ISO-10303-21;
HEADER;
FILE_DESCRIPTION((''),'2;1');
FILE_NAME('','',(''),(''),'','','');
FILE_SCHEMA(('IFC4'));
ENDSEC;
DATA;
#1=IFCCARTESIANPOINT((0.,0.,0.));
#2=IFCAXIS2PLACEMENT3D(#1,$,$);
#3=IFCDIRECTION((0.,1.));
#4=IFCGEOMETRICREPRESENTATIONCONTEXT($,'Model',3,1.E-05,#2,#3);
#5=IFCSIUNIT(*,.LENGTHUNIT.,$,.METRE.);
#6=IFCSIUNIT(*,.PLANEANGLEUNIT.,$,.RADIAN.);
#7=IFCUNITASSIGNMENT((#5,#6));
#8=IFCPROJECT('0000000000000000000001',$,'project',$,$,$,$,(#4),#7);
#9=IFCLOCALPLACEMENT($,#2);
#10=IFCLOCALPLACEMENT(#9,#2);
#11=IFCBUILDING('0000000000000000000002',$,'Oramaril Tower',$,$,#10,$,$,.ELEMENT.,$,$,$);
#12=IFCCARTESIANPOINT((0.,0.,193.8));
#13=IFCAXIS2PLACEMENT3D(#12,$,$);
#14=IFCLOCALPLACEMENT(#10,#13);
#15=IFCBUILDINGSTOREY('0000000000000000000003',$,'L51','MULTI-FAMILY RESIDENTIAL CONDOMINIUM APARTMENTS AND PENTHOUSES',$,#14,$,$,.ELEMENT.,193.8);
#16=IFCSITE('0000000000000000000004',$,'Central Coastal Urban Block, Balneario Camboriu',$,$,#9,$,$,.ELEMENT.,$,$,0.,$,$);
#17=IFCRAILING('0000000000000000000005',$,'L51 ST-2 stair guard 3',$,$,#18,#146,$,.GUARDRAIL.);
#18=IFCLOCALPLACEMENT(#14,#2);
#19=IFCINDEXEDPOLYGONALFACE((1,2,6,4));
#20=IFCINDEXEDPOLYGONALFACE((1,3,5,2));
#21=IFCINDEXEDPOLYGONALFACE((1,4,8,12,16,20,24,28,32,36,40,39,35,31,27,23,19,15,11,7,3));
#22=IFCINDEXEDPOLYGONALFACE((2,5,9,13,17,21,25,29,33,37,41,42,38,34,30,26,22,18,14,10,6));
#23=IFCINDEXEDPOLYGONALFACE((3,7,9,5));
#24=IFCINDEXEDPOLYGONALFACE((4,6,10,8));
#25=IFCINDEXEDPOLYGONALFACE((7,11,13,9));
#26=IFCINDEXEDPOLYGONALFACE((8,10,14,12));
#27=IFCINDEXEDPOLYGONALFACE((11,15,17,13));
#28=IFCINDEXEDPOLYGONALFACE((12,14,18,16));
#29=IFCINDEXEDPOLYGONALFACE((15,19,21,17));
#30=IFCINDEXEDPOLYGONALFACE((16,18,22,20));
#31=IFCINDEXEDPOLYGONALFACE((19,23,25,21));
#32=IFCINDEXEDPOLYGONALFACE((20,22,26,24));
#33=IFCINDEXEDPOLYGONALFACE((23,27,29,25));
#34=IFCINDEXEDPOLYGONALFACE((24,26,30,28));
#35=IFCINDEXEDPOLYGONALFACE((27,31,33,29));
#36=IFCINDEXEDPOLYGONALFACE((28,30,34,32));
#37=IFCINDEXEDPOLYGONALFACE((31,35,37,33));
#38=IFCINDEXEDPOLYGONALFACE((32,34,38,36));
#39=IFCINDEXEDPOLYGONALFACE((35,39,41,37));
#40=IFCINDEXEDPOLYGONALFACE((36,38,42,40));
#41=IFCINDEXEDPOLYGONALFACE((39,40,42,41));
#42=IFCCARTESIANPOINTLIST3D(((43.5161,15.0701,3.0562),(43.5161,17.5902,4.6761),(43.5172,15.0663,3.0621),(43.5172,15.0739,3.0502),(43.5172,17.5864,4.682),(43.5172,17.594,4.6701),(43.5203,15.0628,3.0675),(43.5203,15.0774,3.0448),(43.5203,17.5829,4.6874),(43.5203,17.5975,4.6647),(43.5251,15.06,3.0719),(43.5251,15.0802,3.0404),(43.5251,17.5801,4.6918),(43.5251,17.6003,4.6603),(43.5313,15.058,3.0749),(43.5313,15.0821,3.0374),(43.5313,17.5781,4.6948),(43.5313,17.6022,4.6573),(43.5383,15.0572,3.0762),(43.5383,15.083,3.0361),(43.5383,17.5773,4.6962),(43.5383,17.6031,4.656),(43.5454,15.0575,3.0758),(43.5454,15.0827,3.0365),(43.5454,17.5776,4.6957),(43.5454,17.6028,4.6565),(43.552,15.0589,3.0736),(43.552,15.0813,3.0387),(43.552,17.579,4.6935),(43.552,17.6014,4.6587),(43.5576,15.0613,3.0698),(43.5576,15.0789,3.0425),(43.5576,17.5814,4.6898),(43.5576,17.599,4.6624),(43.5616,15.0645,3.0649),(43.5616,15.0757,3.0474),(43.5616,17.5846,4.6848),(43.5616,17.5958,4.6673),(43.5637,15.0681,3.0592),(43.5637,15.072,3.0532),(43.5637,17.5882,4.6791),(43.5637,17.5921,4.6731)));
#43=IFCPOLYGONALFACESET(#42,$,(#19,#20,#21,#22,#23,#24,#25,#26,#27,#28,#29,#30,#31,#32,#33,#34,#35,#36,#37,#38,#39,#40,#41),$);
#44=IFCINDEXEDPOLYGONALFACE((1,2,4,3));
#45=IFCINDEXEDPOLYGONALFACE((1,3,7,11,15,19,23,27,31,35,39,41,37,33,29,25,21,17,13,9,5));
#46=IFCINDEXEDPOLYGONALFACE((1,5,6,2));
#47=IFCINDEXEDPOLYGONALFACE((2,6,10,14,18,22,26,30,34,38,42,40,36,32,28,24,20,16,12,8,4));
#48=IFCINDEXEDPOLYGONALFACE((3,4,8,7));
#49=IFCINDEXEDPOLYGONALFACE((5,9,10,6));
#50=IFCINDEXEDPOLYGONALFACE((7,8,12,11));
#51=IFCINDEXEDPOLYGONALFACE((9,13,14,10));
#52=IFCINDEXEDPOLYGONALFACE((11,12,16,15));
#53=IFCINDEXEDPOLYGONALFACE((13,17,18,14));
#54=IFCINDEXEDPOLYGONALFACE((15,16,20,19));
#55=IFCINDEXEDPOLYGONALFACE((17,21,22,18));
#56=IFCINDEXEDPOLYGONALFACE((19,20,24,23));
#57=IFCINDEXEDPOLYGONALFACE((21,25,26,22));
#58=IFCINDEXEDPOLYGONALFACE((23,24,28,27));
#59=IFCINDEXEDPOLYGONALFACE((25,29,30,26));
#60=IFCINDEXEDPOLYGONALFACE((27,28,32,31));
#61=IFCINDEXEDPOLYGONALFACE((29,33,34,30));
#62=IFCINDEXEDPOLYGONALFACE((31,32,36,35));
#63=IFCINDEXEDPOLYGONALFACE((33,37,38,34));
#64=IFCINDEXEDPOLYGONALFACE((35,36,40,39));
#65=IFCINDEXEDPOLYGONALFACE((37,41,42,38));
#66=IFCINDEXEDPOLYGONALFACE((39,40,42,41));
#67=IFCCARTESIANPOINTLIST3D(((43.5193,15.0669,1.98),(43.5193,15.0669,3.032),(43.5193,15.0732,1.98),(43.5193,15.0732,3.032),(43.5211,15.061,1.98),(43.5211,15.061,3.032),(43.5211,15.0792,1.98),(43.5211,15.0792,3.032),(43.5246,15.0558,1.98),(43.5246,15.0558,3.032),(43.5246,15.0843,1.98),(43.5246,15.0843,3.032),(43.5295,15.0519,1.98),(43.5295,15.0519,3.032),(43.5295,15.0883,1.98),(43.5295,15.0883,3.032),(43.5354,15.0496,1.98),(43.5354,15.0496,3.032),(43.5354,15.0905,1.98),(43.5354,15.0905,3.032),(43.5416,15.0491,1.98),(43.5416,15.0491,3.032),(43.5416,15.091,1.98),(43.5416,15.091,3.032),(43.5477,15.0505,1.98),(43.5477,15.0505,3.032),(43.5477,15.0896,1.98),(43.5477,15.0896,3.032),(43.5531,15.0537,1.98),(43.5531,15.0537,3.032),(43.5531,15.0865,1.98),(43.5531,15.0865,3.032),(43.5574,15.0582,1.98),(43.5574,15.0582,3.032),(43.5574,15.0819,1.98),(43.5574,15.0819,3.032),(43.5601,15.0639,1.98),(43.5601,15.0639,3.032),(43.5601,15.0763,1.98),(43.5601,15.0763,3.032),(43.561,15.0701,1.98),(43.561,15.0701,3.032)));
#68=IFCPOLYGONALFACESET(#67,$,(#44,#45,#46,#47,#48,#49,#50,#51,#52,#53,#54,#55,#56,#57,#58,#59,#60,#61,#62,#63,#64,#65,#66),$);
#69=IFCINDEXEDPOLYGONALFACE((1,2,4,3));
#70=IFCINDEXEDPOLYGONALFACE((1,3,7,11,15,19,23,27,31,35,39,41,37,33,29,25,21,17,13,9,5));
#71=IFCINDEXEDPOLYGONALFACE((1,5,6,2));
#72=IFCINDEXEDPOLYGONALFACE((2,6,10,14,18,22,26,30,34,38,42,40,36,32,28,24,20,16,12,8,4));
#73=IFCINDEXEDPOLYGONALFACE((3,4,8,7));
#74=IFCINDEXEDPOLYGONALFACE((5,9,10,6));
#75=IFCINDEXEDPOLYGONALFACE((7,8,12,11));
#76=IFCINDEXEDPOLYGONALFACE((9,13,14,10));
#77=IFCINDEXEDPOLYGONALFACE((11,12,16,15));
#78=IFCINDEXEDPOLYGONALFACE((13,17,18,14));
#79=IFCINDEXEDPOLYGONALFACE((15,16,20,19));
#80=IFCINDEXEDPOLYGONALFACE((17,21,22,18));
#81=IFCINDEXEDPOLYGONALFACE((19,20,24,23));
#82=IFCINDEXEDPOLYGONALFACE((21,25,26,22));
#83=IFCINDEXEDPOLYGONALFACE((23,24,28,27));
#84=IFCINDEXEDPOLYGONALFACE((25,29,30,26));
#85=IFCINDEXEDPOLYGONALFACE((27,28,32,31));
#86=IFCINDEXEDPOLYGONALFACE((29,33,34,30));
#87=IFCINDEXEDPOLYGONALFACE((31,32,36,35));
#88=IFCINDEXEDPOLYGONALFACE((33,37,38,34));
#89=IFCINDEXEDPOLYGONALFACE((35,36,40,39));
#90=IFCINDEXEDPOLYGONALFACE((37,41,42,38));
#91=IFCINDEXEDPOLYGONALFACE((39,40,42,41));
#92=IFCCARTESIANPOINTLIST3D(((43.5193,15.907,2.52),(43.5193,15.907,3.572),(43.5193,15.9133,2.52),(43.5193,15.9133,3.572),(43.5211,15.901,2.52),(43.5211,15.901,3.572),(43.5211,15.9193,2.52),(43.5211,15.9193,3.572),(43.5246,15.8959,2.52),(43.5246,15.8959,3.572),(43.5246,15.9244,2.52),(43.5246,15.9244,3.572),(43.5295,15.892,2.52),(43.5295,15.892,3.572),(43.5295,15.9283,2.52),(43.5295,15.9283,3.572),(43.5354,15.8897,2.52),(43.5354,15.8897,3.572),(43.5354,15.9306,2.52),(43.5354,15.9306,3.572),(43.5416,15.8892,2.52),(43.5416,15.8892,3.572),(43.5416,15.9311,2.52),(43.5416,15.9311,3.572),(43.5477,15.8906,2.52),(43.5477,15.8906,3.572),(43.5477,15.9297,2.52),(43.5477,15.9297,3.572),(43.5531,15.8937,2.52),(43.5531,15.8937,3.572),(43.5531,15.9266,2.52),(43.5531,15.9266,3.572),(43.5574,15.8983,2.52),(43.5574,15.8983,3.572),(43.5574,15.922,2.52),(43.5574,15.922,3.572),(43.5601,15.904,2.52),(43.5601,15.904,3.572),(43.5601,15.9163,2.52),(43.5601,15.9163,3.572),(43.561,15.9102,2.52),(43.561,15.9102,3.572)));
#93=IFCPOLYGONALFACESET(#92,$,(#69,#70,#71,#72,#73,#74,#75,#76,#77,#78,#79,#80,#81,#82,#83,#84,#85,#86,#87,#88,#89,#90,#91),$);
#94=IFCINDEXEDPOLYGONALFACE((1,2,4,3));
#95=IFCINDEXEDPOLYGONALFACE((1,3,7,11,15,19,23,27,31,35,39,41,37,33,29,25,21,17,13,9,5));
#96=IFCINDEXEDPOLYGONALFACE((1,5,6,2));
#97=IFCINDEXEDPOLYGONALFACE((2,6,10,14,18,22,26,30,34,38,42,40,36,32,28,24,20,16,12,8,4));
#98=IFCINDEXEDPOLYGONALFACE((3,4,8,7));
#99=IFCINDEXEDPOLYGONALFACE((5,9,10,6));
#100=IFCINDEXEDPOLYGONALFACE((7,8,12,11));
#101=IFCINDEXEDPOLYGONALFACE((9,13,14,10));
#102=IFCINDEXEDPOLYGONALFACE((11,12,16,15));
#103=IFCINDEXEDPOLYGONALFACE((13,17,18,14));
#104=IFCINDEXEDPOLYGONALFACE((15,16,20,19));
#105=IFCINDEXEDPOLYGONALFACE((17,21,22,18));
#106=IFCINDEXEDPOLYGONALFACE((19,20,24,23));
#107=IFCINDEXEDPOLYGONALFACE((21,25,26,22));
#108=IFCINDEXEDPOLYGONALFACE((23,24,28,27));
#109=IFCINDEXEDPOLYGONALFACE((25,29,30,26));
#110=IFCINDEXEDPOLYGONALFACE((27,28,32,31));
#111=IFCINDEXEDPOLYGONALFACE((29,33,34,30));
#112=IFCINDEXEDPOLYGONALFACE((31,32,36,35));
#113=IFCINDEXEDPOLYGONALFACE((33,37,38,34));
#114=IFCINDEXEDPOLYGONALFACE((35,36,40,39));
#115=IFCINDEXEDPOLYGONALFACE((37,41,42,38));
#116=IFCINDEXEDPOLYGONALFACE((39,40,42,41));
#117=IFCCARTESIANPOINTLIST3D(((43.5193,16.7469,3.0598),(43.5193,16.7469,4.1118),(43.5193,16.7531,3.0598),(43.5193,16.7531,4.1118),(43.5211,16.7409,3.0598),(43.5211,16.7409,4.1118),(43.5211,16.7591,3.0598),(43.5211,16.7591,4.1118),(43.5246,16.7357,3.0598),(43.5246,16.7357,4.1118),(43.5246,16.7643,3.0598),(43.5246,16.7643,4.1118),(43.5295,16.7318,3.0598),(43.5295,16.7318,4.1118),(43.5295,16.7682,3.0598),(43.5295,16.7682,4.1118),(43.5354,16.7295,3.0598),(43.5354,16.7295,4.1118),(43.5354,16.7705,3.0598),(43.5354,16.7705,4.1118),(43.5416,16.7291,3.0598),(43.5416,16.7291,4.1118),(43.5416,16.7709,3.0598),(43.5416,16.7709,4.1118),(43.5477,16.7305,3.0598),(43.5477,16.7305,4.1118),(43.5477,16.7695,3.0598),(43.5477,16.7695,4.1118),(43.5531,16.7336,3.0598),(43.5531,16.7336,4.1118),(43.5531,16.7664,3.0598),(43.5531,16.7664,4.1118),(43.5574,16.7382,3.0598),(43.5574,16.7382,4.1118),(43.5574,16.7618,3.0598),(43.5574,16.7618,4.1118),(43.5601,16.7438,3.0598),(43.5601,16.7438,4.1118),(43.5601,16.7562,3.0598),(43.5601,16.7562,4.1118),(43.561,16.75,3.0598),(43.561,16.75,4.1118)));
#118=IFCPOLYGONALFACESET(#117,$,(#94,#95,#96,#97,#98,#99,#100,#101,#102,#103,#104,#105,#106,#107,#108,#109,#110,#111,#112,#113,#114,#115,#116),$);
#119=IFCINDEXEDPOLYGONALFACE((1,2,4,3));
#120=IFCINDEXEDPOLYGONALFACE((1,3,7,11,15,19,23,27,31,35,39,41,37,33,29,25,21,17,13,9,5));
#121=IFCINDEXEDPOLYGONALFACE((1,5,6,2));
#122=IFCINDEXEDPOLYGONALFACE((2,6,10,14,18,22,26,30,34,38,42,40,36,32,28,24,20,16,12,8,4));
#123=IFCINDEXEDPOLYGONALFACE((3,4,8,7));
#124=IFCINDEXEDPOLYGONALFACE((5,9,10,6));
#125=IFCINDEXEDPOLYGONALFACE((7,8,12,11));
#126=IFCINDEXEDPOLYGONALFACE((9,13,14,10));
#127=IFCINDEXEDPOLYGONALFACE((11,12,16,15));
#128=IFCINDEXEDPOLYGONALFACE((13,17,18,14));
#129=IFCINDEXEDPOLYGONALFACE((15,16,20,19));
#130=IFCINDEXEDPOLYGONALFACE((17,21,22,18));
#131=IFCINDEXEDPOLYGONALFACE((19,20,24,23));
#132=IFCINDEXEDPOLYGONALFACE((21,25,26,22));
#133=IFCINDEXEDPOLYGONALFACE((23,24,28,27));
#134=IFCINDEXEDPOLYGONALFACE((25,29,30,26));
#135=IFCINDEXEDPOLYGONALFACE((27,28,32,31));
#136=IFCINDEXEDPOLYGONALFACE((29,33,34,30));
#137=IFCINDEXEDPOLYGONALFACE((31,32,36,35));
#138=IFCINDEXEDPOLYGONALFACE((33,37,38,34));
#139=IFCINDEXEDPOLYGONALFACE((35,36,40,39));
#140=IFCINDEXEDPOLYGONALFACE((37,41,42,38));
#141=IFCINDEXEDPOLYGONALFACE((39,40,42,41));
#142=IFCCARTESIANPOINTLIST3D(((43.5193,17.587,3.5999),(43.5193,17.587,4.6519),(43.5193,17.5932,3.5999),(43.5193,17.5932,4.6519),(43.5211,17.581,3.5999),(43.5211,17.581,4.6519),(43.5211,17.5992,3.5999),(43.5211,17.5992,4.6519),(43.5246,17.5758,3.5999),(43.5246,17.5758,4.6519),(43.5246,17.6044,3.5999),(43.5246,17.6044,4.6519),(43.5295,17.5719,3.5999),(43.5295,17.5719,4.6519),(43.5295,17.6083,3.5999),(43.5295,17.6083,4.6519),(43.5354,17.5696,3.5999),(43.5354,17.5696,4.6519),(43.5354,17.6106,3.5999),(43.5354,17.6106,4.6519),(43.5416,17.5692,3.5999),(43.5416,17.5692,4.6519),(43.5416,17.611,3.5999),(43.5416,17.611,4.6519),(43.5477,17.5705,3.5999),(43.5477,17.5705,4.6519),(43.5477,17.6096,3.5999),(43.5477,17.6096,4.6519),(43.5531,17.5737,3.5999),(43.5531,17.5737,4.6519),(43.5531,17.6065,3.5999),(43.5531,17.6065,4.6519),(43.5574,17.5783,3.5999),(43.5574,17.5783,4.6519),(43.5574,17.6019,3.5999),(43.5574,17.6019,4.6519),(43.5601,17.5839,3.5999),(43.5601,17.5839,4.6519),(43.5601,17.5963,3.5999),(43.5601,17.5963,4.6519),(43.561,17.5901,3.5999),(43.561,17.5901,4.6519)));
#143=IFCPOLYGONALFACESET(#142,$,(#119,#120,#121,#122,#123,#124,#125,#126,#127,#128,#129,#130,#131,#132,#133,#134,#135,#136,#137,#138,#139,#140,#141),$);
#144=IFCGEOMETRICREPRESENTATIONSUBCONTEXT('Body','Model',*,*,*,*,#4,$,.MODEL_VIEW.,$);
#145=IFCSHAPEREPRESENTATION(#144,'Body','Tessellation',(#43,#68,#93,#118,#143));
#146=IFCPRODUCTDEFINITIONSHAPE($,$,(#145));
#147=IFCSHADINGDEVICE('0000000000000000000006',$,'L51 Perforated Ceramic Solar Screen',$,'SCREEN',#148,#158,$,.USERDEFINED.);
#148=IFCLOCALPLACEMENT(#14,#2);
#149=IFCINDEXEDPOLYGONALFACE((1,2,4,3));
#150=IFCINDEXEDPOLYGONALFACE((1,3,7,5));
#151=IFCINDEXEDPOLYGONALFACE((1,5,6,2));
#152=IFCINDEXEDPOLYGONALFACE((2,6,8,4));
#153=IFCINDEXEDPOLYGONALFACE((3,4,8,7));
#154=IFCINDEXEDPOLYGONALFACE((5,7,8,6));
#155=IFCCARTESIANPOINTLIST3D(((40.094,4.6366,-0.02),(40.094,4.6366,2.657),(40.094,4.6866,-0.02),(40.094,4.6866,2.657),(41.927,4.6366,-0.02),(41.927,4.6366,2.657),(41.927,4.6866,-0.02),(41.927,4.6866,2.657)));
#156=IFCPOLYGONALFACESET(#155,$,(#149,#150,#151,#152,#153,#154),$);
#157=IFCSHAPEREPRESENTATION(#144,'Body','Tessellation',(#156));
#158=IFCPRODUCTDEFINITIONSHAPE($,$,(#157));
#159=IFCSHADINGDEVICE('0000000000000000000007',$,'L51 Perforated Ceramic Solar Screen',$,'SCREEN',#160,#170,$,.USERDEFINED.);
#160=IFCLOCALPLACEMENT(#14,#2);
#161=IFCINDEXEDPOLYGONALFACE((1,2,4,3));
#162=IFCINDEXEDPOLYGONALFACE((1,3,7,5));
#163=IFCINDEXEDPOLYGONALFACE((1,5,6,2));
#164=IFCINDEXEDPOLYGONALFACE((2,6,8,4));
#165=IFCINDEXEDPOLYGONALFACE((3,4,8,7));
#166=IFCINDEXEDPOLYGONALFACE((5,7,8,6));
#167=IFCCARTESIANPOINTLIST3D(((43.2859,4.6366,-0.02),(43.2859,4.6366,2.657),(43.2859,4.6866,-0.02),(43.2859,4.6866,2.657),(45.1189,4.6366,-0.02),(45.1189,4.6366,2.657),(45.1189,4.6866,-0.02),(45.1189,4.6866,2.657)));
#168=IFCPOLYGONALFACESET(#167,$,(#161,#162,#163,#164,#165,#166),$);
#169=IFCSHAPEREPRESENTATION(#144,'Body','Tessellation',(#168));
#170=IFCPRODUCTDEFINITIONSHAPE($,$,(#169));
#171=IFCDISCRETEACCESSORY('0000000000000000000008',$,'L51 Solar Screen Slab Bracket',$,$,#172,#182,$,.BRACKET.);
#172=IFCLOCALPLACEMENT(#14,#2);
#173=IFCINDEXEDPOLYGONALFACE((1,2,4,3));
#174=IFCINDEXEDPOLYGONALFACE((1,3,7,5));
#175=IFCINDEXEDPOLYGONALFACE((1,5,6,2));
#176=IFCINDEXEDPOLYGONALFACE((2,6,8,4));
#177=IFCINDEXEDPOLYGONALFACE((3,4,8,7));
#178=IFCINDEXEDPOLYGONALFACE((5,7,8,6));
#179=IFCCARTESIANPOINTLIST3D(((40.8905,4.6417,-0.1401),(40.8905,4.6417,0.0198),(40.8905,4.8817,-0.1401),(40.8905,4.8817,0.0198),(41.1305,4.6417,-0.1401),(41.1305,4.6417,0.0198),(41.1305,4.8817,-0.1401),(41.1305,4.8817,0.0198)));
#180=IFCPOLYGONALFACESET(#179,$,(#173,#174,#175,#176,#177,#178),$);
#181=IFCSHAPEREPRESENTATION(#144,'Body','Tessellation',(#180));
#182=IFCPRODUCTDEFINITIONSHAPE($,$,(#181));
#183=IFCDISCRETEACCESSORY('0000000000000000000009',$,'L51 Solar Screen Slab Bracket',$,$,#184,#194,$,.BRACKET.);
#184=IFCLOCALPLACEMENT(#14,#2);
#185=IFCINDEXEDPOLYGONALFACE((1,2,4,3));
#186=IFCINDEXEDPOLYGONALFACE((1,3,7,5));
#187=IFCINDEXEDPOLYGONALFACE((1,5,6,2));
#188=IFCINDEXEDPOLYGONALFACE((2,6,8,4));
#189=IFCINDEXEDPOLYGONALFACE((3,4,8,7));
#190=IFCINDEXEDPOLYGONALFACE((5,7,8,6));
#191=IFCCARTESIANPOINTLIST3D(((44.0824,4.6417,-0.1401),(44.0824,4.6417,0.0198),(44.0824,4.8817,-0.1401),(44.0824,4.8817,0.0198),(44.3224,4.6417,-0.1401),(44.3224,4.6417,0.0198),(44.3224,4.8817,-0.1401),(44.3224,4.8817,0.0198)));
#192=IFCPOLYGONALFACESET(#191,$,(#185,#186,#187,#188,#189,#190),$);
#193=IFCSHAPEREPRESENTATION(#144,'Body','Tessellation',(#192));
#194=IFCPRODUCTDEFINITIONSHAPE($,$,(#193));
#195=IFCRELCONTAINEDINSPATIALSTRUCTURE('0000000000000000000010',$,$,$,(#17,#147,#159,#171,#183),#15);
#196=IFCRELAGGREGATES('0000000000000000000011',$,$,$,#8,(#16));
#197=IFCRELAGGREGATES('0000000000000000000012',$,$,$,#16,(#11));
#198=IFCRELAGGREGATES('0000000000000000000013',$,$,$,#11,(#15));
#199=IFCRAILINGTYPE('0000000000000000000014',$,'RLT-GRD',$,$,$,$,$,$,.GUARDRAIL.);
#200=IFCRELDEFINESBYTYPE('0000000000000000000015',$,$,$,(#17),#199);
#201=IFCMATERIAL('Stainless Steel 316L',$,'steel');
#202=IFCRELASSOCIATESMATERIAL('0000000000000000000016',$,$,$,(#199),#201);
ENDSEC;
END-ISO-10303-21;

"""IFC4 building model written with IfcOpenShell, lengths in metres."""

from ifc_helpers import new_model, si_unit, direction, frame, origin, origin_2d, place, context, subcontext, project, spatial, rectangle, circle, extrude, material, type_object, element, save


model = new_model("IFC4")

# Units and contexts
model_context = context("Model", 3, precision=1e-05, world=origin(), true_north=direction((0.0, 1.0)))
body_context = subcontext(model_context, "Body", "Model", "MODEL_VIEW")
ifc_project = project(units=[si_unit("LENGTHUNIT", "METRE"), si_unit("PLANEANGLEUNIT", "RADIAN")], contexts=[model_context])

# Site, building, storey
site_placement = place(None, origin())
site = spatial("IfcSite", under=ifc_project, at=site_placement, Name="Central Coastal Urban Block, Balneario Camboriu", CompositionType="ELEMENT", RefElevation=0.0)
building_placement = place(site_placement, origin())
building = spatial("IfcBuilding", under=site, at=building_placement, Name="Oramaril Tower", CompositionType="ELEMENT")
storey_placement = place(building_placement, frame((0.0, 0.0, 193.8)))
storey = spatial("IfcBuildingStorey", under=building, at=storey_placement, Name="L51", Description="MULTI-FAMILY RESIDENTIAL CONDOMINIUM APARTMENTS AND PENTHOUSES", CompositionType="ELEMENT", Elevation=193.8)

# Railing
ifc_material_1 = material(Name="Stainless Steel 316L", Category="steel")
railing_type = type_object("IfcRailingType", Name="RLT-GRD", PredefinedType="GUARDRAIL", material=ifc_material_1)
railing_1_placement = place(storey_placement, frame((43.54, 15.0701, 1.98)))
element("IfcRailing", 1, at=railing_1_placement, inside=storey, type_object=railing_type, Name="L51 ST-2 stair guard 3", PredefinedType="GUARDRAIL", context=body_context, shape_type="SweptSolid", body=[
    extrude(circle(Radius=0.0239, at=origin_2d()), frame((0.0, 0.0, 1.0762), z_axis=(0.0, 0.8412, 0.540725), x_axis=(-1.0, 0.0, 0.0)), (0.0, 0.0, 1.0), 2.9958),
    extrude(circle(Radius=0.021, at=origin_2d()), origin(), (0.0, 0.0, 1.0), 1.052),
    extrude(circle(Radius=0.021, at=origin_2d()), frame((0.0, 0.8401, 0.54)), (0.0, 0.0, 1.0), 1.052),
    extrude(circle(Radius=0.021, at=origin_2d()), frame((0.0, 1.6799, 1.0798)), (0.0, 0.0, 1.0), 1.052),
    extrude(circle(Radius=0.021, at=origin_2d()), frame((0.0, 2.52, 1.6199)), (0.0, 0.0, 1.0), 1.052),
])

# Shading devices
for number, where, z_axis, x_axis, name in (
    (2, (41.0105, 4.6616, -0.02), (0.0, 0.0, 1.0), (1.0, 0.0, 0.0), "L51 Perforated Ceramic Solar Screen"),
    (3, (44.2024, 4.6616, -0.02), (0.0, 0.0, 1.0), (1.0, 0.0, 0.0), "L51 Perforated Ceramic Solar Screen"),
):
    element("IfcShadingDevice", number, at=place(storey_placement, frame(where, z_axis=z_axis, x_axis=x_axis)), inside=storey, Name=name, ObjectType="SCREEN", PredefinedType="USERDEFINED", context=body_context, shape_type="SweptSolid", body=[
        extrude(rectangle(XDim=1.833, YDim=0.05, at=origin_2d()), origin(), (0.0, 0.0, 1.0), 2.677),
    ])

# Discrete accessories
for number, where, z_axis, x_axis, name in (
    (4, (41.0105, 4.7617, -0.1401), (0.0, 0.0, 1.0), (1.0, 0.0, 0.0), "L51 Solar Screen Slab Bracket"),
    (5, (44.2024, 4.7617, -0.1401), (0.0, 0.0, 1.0), (1.0, 0.0, 0.0), "L51 Solar Screen Slab Bracket"),
):
    element("IfcDiscreteAccessory", number, at=place(storey_placement, frame(where, z_axis=z_axis, x_axis=x_axis)), inside=storey, Name=name, PredefinedType="BRACKET", context=body_context, shape_type="SweptSolid", body=[
        extrude(rectangle(XDim=0.24, YDim=0.24, at=origin_2d()), origin(), (0.0, 0.0, 1.0), 0.1599),
    ])

save(model, "model.ifc")
